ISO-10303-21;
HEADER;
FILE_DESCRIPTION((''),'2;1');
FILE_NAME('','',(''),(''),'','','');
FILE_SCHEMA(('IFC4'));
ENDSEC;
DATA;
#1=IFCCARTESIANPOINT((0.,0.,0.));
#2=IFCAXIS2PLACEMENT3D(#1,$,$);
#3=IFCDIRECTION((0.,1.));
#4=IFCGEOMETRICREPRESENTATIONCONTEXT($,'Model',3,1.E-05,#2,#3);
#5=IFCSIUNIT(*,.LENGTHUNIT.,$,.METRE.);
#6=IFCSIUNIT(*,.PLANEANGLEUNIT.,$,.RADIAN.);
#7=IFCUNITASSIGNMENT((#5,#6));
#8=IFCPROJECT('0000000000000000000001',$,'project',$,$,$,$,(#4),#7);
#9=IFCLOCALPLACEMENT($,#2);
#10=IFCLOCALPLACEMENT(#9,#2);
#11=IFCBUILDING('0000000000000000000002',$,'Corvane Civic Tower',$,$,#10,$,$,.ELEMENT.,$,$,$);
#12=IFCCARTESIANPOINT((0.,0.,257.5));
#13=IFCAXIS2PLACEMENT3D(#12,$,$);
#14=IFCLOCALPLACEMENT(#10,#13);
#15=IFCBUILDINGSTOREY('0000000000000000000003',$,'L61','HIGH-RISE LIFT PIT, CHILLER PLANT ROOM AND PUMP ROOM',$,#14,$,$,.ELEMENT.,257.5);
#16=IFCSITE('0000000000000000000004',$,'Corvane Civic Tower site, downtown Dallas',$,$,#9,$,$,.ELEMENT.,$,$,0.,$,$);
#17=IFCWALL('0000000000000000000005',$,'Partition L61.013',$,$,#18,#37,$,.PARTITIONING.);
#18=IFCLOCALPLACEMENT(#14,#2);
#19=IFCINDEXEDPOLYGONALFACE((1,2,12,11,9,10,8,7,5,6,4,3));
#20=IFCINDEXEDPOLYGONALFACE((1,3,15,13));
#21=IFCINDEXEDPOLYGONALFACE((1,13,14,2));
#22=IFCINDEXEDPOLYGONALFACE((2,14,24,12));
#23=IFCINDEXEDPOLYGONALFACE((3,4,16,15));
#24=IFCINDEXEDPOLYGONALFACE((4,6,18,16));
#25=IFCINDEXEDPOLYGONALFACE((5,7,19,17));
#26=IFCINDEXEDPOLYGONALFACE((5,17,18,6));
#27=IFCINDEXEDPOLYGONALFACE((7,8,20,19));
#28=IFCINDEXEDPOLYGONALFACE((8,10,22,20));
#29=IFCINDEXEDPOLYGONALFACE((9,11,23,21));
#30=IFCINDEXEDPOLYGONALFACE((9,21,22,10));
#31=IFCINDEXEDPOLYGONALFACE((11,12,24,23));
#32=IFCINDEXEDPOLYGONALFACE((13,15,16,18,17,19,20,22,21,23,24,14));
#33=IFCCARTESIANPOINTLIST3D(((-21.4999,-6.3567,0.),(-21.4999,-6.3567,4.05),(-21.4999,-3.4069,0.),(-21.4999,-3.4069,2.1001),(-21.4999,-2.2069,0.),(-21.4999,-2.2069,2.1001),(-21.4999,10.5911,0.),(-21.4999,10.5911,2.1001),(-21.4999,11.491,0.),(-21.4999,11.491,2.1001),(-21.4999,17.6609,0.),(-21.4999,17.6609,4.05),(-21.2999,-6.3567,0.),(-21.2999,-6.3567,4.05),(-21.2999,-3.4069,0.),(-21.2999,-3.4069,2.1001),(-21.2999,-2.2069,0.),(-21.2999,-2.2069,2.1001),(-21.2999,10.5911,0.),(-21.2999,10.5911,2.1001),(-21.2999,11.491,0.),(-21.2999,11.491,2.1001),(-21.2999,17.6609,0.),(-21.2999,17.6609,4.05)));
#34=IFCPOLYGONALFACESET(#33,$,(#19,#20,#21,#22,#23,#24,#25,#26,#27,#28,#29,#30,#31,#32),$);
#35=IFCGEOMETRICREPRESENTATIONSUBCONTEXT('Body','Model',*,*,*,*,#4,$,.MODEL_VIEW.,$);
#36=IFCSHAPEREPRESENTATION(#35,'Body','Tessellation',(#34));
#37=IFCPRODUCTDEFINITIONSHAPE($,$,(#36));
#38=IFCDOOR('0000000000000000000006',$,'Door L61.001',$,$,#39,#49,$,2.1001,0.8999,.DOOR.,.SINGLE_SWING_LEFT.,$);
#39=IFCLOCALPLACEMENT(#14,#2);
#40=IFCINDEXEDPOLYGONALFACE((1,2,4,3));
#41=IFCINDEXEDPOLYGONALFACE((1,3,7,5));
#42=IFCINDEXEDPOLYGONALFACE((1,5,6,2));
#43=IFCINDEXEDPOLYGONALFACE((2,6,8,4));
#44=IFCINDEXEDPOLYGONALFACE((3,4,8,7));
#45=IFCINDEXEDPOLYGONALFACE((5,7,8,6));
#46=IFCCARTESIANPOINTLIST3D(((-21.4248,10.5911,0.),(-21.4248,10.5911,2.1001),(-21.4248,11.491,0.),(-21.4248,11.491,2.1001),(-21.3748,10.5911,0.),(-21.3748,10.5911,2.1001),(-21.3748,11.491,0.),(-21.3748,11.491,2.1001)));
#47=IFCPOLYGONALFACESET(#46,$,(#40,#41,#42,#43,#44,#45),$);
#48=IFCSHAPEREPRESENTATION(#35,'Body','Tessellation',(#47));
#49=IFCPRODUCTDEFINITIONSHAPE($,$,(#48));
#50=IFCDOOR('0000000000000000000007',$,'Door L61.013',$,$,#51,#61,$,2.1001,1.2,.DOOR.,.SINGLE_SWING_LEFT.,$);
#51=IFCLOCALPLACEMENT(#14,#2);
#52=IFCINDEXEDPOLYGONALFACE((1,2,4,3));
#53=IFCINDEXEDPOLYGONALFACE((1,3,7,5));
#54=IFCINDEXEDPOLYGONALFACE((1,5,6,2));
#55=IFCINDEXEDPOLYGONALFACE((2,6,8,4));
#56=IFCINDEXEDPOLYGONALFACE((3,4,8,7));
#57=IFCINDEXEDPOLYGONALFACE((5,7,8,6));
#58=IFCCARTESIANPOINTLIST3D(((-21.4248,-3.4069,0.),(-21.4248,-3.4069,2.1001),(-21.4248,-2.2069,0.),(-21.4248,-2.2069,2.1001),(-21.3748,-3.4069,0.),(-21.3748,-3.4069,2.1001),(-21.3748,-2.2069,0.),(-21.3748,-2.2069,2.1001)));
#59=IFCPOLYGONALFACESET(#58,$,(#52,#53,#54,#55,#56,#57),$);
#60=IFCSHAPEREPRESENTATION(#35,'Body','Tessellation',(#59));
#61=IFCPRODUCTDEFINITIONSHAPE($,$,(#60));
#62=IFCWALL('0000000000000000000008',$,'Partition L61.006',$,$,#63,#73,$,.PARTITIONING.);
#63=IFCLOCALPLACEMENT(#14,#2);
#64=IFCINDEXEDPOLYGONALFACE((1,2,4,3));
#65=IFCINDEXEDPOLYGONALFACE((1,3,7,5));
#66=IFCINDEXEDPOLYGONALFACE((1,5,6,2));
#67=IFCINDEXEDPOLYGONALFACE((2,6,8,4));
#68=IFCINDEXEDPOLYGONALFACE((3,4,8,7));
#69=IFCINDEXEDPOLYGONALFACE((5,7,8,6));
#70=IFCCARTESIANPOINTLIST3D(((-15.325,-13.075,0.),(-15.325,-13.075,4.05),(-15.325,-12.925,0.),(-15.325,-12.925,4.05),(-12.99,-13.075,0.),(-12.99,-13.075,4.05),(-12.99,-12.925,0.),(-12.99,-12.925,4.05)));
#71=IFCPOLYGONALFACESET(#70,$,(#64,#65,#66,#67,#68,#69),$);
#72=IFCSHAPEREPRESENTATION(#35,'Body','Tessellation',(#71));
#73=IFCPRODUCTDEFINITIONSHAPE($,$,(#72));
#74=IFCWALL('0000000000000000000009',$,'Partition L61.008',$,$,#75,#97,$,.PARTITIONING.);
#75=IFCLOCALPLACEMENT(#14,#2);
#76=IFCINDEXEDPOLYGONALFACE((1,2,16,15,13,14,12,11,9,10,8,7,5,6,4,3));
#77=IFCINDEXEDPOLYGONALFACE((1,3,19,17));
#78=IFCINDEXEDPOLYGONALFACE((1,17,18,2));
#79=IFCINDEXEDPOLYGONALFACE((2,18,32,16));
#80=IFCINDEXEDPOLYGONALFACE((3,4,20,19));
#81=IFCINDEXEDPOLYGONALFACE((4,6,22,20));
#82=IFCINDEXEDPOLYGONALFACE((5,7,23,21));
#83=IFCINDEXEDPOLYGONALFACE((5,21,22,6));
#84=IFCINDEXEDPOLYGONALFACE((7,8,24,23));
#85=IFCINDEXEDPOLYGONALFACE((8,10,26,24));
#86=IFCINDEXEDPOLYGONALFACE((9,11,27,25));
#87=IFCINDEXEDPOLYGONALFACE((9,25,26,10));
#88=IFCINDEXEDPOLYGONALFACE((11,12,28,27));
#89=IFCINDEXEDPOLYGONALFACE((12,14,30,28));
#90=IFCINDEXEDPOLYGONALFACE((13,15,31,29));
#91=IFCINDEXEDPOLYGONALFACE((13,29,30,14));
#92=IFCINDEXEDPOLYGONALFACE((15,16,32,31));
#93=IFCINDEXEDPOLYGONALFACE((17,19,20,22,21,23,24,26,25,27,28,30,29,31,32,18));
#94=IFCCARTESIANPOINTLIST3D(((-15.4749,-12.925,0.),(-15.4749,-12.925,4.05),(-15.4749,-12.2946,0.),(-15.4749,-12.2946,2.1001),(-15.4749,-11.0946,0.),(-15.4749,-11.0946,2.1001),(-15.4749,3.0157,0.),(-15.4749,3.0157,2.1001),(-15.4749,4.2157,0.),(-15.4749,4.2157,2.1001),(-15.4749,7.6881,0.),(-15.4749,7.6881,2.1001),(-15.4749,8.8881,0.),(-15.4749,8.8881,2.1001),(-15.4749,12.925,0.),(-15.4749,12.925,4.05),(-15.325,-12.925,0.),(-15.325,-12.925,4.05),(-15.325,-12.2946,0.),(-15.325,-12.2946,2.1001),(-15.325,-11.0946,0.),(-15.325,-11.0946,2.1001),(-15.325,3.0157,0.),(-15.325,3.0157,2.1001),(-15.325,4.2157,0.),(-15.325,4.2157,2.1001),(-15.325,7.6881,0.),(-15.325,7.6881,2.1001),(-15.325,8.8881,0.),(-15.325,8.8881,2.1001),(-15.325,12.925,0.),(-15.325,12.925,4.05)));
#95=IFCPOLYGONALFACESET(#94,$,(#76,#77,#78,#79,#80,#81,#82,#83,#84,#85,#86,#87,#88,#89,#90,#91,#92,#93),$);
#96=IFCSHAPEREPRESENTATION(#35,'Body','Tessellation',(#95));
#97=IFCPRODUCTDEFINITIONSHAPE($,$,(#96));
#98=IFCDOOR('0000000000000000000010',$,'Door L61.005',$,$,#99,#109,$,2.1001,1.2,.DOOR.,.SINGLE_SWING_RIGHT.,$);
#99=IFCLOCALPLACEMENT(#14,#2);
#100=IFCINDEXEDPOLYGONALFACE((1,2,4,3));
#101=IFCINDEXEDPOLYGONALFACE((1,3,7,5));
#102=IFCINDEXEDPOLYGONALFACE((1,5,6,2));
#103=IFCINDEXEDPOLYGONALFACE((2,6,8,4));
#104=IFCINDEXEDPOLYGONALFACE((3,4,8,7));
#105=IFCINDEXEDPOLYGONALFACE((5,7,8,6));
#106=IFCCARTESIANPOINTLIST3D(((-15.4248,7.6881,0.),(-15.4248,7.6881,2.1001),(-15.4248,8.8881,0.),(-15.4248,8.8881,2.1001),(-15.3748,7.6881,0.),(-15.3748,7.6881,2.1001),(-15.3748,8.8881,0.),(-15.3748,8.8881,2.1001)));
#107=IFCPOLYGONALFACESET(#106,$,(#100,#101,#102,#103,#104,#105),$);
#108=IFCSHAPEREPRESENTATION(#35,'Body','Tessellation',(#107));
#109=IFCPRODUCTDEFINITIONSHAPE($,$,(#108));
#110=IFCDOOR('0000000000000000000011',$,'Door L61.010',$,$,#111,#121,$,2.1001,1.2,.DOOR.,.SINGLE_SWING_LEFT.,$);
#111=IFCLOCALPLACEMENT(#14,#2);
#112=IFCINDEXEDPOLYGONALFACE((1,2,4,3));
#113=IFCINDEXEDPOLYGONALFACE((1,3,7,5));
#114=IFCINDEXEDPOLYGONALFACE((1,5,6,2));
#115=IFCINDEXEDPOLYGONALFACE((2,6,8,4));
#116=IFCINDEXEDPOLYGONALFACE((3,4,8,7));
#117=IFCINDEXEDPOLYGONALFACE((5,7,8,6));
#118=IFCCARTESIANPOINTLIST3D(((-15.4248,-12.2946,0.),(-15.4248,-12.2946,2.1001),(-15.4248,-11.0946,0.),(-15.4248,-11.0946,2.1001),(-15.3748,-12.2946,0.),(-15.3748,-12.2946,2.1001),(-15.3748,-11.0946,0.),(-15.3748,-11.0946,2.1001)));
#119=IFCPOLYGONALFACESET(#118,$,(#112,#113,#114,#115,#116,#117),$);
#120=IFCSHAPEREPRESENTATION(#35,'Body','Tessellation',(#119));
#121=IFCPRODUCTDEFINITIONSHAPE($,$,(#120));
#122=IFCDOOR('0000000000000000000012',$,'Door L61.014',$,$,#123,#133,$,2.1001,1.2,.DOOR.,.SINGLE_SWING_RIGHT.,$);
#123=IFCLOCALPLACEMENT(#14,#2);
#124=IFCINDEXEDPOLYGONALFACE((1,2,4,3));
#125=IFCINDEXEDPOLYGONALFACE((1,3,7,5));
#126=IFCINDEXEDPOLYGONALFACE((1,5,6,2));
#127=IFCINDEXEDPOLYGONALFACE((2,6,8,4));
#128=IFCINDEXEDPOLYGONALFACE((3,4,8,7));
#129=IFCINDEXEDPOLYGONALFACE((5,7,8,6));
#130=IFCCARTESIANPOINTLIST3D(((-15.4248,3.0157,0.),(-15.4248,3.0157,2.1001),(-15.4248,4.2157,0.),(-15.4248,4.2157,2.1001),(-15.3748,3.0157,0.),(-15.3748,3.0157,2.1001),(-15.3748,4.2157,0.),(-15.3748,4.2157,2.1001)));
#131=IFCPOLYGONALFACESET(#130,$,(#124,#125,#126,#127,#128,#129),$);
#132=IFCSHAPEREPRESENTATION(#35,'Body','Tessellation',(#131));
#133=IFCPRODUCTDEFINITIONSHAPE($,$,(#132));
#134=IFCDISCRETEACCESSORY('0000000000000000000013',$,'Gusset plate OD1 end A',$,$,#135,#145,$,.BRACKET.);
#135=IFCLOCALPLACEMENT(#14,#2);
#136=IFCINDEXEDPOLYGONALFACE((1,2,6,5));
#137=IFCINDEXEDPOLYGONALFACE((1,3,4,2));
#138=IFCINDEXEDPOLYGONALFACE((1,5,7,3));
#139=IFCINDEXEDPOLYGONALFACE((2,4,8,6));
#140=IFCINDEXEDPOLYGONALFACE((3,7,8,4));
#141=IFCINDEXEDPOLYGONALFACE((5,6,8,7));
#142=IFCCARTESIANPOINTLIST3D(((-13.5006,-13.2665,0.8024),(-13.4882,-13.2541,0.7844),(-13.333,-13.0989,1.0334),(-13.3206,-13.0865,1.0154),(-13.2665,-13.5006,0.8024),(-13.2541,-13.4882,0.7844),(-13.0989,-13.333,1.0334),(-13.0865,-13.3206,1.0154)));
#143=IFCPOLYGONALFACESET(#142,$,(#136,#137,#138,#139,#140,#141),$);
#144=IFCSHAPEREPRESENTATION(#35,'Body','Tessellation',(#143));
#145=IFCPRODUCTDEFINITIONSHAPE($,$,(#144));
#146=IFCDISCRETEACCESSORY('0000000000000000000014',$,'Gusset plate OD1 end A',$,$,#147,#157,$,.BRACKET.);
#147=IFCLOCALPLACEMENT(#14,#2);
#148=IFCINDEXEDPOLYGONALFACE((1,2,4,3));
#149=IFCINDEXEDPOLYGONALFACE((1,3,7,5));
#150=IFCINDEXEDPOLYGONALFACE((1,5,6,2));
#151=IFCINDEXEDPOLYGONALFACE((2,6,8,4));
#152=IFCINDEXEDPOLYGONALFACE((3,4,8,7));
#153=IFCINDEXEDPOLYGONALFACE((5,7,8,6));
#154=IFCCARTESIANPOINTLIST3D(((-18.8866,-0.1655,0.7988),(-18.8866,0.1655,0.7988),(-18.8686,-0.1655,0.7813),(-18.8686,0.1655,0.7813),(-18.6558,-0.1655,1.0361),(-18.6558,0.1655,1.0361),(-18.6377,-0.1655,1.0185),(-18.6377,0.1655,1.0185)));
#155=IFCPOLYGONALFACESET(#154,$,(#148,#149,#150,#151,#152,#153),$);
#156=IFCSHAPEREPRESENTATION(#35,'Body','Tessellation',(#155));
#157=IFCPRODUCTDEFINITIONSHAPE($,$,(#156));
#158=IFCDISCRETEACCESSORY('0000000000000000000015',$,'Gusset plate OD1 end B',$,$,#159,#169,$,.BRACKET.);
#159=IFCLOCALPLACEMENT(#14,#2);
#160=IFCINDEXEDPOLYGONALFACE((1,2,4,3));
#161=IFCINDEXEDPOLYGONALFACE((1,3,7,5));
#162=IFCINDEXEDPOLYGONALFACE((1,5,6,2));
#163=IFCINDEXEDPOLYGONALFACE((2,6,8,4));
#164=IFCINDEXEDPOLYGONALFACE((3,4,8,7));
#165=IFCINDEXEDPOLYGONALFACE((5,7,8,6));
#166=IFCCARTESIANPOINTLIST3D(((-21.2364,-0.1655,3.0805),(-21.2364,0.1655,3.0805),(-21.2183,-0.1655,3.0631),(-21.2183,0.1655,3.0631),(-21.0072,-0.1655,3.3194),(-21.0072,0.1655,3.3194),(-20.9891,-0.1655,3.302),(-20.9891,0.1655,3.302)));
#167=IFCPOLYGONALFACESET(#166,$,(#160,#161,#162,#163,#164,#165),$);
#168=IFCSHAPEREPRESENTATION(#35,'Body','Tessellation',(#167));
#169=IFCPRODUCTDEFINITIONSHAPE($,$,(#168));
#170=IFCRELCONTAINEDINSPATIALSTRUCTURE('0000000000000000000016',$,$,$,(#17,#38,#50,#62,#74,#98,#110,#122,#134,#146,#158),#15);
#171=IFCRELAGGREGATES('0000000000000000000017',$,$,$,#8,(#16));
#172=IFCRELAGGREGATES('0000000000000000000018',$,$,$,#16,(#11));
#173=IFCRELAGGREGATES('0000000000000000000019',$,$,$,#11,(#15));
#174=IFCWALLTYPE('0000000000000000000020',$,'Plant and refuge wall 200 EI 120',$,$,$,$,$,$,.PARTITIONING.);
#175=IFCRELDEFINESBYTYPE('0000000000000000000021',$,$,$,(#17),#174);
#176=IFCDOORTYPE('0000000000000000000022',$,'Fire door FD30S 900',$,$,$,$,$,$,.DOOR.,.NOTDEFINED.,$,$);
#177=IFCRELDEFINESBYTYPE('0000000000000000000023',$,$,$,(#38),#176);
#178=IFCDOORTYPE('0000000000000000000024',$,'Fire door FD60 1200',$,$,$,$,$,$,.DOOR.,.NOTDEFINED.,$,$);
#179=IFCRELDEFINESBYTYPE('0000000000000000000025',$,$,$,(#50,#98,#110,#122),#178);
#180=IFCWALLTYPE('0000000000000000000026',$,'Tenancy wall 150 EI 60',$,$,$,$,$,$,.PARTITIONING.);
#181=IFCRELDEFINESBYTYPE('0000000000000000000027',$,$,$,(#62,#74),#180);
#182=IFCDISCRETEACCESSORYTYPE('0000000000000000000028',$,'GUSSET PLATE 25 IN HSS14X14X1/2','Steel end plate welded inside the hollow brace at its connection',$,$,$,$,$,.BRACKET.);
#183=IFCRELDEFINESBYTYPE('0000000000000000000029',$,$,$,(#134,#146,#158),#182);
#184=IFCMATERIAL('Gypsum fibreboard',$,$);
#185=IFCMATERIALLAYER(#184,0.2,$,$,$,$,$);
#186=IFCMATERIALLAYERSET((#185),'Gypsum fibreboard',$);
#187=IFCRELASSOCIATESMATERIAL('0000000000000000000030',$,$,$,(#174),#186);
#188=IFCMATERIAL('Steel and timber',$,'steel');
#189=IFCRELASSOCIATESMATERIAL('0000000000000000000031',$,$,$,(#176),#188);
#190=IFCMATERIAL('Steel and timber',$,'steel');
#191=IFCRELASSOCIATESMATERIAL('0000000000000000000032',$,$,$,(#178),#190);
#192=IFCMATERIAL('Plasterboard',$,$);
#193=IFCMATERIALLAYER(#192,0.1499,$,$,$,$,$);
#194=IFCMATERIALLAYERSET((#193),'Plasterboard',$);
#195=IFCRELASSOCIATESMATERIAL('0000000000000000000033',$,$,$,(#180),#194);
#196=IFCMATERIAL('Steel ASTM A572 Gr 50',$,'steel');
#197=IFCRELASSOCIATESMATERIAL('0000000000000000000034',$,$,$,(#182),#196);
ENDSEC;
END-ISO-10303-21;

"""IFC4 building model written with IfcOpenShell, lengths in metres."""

from ifc_helpers import new_model, si_unit, direction, frame, frame_2d, origin, origin_2d, place, context, subcontext, project, spatial, rectangle, extrude, material, layer, layer_set, material_profile, profile_set, type_object, element, fill, save


model = new_model("IFC4")

# Units and contexts
model_context = context("Model", 3, precision=1e-05, world=origin(), true_north=direction((0.0, 1.0)))
body_context = subcontext(model_context, "Body", "Model", "MODEL_VIEW")
ifc_project = project(units=[si_unit("LENGTHUNIT", "METRE"), si_unit("PLANEANGLEUNIT", "RADIAN")], contexts=[model_context])

# Site, building, storey
site_placement = place(None, origin())
site = spatial("IfcSite", under=ifc_project, at=site_placement, Name="Corvane Civic Tower site, downtown Dallas", CompositionType="ELEMENT", RefElevation=0.0)
building_placement = place(site_placement, origin())
building = spatial("IfcBuilding", under=site, at=building_placement, Name="Corvane Civic Tower", CompositionType="ELEMENT")
storey_placement = place(building_placement, frame((0.0, 0.0, 257.5)))
storey = spatial("IfcBuildingStorey", under=building, at=storey_placement, Name="L61", Description="HIGH-RISE LIFT PIT, CHILLER PLANT ROOM AND PUMP ROOM", CompositionType="ELEMENT", Elevation=257.5)

# Wall, openings, doors
ifc_material_1 = material(Name="Gypsum fibreboard")
ifc_layer_1 = layer(ifc_material_1, 0.2)
ifc_layer_set_1 = layer_set([ifc_layer_1], Name="Gypsum fibreboard")
wall_type_1 = type_object("IfcWallType", Name="Plant and refuge wall 200 EI 120", PredefinedType="PARTITIONING", material=ifc_layer_set_1)
wall_1_placement = place(storey_placement, frame((-21.3999, -6.3567, 0.0), z_axis=(0.0, 0.0, 1.0), x_axis=(0.0, 1.0, 0.0)))
wall_1 = element("IfcWall", 1, at=wall_1_placement, inside=storey, type_object=wall_type_1, Name="Partition L61.013", PredefinedType="PARTITIONING", context=body_context, shape_type="SweptSolid", body=[
    extrude(rectangle(XDim=24.0176, YDim=0.2, at=frame_2d((12.0088, 0.0))), origin(), (0.0, 0.0, 1.0), 4.05),
])
opening_1_placement = place(wall_1_placement, frame((16.9478, 0.0, 0.0)))
opening_1 = element("IfcOpeningElement", 2, at=opening_1_placement, cuts=wall_1, PredefinedType="OPENING", context=body_context, shape_type="SweptSolid", body=[
    extrude(rectangle(XDim=0.8999, YDim=2.1001, at=frame_2d((0.45, 1.05))), frame((0.0, 0.1099, 0.0), z_axis=(0.0, -1.0, 0.0), x_axis=(1.0, 0.0, 0.0)), (0.0, 0.0, 1.0), 0.22),
])
opening_2_placement = place(wall_1_placement, frame((2.9497, 0.0, 0.0)))
opening_2 = element("IfcOpeningElement", 3, at=opening_2_placement, cuts=wall_1, PredefinedType="OPENING", context=body_context, shape_type="SweptSolid", body=[
    extrude(rectangle(XDim=1.2, YDim=2.1001, at=frame_2d((0.6001, 1.05))), frame((0.0, 0.1099, 0.0), z_axis=(0.0, -1.0, 0.0), x_axis=(1.0, 0.0, 0.0)), (0.0, 0.0, 1.0), 0.22),
])
ifc_material_2 = material(Name="Steel and timber", Category="steel")
door_type_1 = type_object("IfcDoorType", Name="Fire door FD30S 900", OperationType="NOTDEFINED", PredefinedType="DOOR", material=ifc_material_2)
door_1_placement = place(opening_1_placement, origin())
door_1 = element("IfcDoor", 4, at=door_1_placement, inside=storey, type_object=door_type_1, Name="Door L61.001", OperationType="SINGLE_SWING_LEFT", OverallHeight=2.1001, OverallWidth=0.8999, PredefinedType="DOOR", context=body_context, shape_type="SweptSolid", body=[
    extrude(rectangle(XDim=0.8999, YDim=2.1001, at=frame_2d((0.45, 1.05))), frame((0.0, 0.0249, 0.0), z_axis=(0.0, -1.0, 0.0), x_axis=(1.0, 0.0, 0.0)), (0.0, 0.0, 1.0), 0.05),
])
fill(opening_1, door_1)
ifc_material_3 = material(Name="Steel and timber", Category="steel")
door_type_2 = type_object("IfcDoorType", Name="Fire door FD60 1200", OperationType="NOTDEFINED", PredefinedType="DOOR", material=ifc_material_3)
door_2_placement = place(opening_2_placement, origin())
door_2 = element("IfcDoor", 5, at=door_2_placement, inside=storey, type_object=door_type_2, Name="Door L61.013", OperationType="SINGLE_SWING_LEFT", OverallHeight=2.1001, OverallWidth=1.2, PredefinedType="DOOR", context=body_context, shape_type="SweptSolid", body=[
    extrude(rectangle(XDim=1.2, YDim=2.1001, at=frame_2d((0.6001, 1.05))), frame((0.0, 0.0249, 0.0), z_axis=(0.0, -1.0, 0.0), x_axis=(1.0, 0.0, 0.0)), (0.0, 0.0, 1.0), 0.05),
])
fill(opening_2, door_2)

# Wall
ifc_material_4 = material(Name="Plasterboard")
ifc_layer_2 = layer(ifc_material_4, 0.1499)
ifc_layer_set_2 = layer_set([ifc_layer_2], Name="Plasterboard")
wall_type_2 = type_object("IfcWallType", Name="Tenancy wall 150 EI 60", PredefinedType="PARTITIONING", material=ifc_layer_set_2)
wall_2_placement = place(storey_placement, frame((-15.325, -13.0, 0.0), z_axis=(0.0, 0.0, 1.0), x_axis=(1.0, 0.0, 0.0)))
element("IfcWall", 6, at=wall_2_placement, inside=storey, type_object=wall_type_2, Name="Partition L61.006", PredefinedType="PARTITIONING", context=body_context, shape_type="SweptSolid", body=[
    extrude(rectangle(XDim=2.335, YDim=0.1499, at=frame_2d((1.1675, 0.0))), origin(), (0.0, 0.0, 1.0), 4.05),
])

# Wall, openings, doors
wall_3_placement = place(storey_placement, frame((-15.3999, -12.925, 0.0), z_axis=(0.0, 0.0, 1.0), x_axis=(0.0, 1.0, 0.0)))
wall_3 = element("IfcWall", 7, at=wall_3_placement, inside=storey, type_object=wall_type_2, Name="Partition L61.008", PredefinedType="PARTITIONING", context=body_context, shape_type="SweptSolid", body=[
    extrude(rectangle(XDim=25.8501, YDim=0.1499, at=frame_2d((12.925, 0.0))), origin(), (0.0, 0.0, 1.0), 4.05),
])
opening_3_placement = place(wall_3_placement, frame((20.613, 0.0, 0.0)))
opening_3 = element("IfcOpeningElement", 8, at=opening_3_placement, cuts=wall_3, PredefinedType="OPENING", context=body_context, shape_type="SweptSolid", body=[
    extrude(rectangle(XDim=1.2, YDim=2.1001, at=frame_2d((0.6001, 1.05))), frame((0.0, 0.085, 0.0), z_axis=(0.0, -1.0, 0.0), x_axis=(1.0, 0.0, 0.0)), (0.0, 0.0, 1.0), 0.1699),
])
opening_4_placement = place(wall_3_placement, frame((0.6304, 0.0, 0.0)))
opening_4 = element("IfcOpeningElement", 9, at=opening_4_placement, cuts=wall_3, PredefinedType="OPENING", context=body_context, shape_type="SweptSolid", body=[
    extrude(rectangle(XDim=1.2, YDim=2.1001, at=frame_2d((0.6001, 1.05))), frame((0.0, 0.085, 0.0), z_axis=(0.0, -1.0, 0.0), x_axis=(1.0, 0.0, 0.0)), (0.0, 0.0, 1.0), 0.1699),
])
opening_5_placement = place(wall_3_placement, frame((15.9407, 0.0, 0.0)))
opening_5 = element("IfcOpeningElement", 10, at=opening_5_placement, cuts=wall_3, PredefinedType="OPENING", context=body_context, shape_type="SweptSolid", body=[
    extrude(rectangle(XDim=1.2, YDim=2.1001, at=frame_2d((0.6001, 1.05))), frame((0.0, 0.085, 0.0), z_axis=(0.0, -1.0, 0.0), x_axis=(1.0, 0.0, 0.0)), (0.0, 0.0, 1.0), 0.1699),
])
door_3_placement = place(opening_3_placement, origin())
door_3 = element("IfcDoor", 11, at=door_3_placement, inside=storey, type_object=door_type_2, Name="Door L61.005", OperationType="SINGLE_SWING_RIGHT", OverallHeight=2.1001, OverallWidth=1.2, PredefinedType="DOOR", context=body_context, shape_type="SweptSolid", body=[
    extrude(rectangle(XDim=1.2, YDim=2.1001, at=frame_2d((0.6001, 1.05))), frame((0.0, 0.0249, 0.0), z_axis=(0.0, -1.0, 0.0), x_axis=(1.0, 0.0, 0.0)), (0.0, 0.0, 1.0), 0.05),
])
fill(opening_3, door_3)
door_4_placement = place(opening_4_placement, origin())
door_4 = element("IfcDoor", 12, at=door_4_placement, inside=storey, type_object=door_type_2, Name="Door L61.010", OperationType="SINGLE_SWING_LEFT", OverallHeight=2.1001, OverallWidth=1.2, PredefinedType="DOOR", context=body_context, shape_type="SweptSolid", body=[
    extrude(rectangle(XDim=1.2, YDim=2.1001, at=frame_2d((0.6001, 1.05))), frame((0.0, 0.0249, 0.0), z_axis=(0.0, -1.0, 0.0), x_axis=(1.0, 0.0, 0.0)), (0.0, 0.0, 1.0), 0.05),
])
fill(opening_4, door_4)
door_5_placement = place(opening_5_placement, origin())
door_5 = element("IfcDoor", 13, at=door_5_placement, inside=storey, type_object=door_type_2, Name="Door L61.014", OperationType="SINGLE_SWING_RIGHT", OverallHeight=2.1001, OverallWidth=1.2, PredefinedType="DOOR", context=body_context, shape_type="SweptSolid", body=[
    extrude(rectangle(XDim=1.2, YDim=2.1001, at=frame_2d((0.6001, 1.05))), frame((0.0, 0.0249, 0.0), z_axis=(0.0, -1.0, 0.0), x_axis=(1.0, 0.0, 0.0)), (0.0, 0.0, 1.0), 0.05),
])
fill(opening_5, door_5)

# Discrete accessories
ifc_material_5 = material(Name="Steel ASTM A572 Gr 50", Category="steel")
ifc_material_profile_1 = material_profile(ifc_material_5, rectangle(XDim=0.3311, YDim=0.3311, at=origin_2d()), Name="GUSSET PLATE 25 IN HSS14X14X1/2")
ifc_profile_set_1 = profile_set([ifc_material_profile_1], Name="Steel ASTM A572 Gr 50")
discrete_accessory_type_1 = type_object("IfcDiscreteAccessoryType", Name="GUSSET PLATE 25 IN HSS14X14X1/2", Description="Steel end plate welded inside the hollow brace at its connection", PredefinedType="BRACKET", material=ifc_profile_set_1)
for number, where, z_axis, x_axis, name in (
    (14, (-13.2874, -13.2874, 0.8999), (-0.493543, -0.493543, 0.716122), (0.707107, -0.707107, 0.0), "Gusset plate OD1 end A"),
    (15, (-18.7532, 0.0, 0.8999), (-0.716726, 0.0, 0.697355), (0.0, -1.0, 0.0), "Gusset plate OD1 end A"),
    (16, (-21.1218, 0.0, 3.2), (0.721582, 0.0, -0.692329), (0.0, 1.0, 0.0), "Gusset plate OD1 end B"),
):
    element("IfcDiscreteAccessory", number, at=place(storey_placement, frame(where, z_axis=z_axis, x_axis=x_axis)), inside=storey, type_object=discrete_accessory_type_1, Name=name, PredefinedType="BRACKET", context=body_context, shape_type="SweptSolid", body=[
        extrude(rectangle(XDim=0.3311, YDim=0.3311, at=origin_2d()), origin(), (0.0, 0.0, 1.0), 0.0251),
    ])

save(model, "model.ifc")
